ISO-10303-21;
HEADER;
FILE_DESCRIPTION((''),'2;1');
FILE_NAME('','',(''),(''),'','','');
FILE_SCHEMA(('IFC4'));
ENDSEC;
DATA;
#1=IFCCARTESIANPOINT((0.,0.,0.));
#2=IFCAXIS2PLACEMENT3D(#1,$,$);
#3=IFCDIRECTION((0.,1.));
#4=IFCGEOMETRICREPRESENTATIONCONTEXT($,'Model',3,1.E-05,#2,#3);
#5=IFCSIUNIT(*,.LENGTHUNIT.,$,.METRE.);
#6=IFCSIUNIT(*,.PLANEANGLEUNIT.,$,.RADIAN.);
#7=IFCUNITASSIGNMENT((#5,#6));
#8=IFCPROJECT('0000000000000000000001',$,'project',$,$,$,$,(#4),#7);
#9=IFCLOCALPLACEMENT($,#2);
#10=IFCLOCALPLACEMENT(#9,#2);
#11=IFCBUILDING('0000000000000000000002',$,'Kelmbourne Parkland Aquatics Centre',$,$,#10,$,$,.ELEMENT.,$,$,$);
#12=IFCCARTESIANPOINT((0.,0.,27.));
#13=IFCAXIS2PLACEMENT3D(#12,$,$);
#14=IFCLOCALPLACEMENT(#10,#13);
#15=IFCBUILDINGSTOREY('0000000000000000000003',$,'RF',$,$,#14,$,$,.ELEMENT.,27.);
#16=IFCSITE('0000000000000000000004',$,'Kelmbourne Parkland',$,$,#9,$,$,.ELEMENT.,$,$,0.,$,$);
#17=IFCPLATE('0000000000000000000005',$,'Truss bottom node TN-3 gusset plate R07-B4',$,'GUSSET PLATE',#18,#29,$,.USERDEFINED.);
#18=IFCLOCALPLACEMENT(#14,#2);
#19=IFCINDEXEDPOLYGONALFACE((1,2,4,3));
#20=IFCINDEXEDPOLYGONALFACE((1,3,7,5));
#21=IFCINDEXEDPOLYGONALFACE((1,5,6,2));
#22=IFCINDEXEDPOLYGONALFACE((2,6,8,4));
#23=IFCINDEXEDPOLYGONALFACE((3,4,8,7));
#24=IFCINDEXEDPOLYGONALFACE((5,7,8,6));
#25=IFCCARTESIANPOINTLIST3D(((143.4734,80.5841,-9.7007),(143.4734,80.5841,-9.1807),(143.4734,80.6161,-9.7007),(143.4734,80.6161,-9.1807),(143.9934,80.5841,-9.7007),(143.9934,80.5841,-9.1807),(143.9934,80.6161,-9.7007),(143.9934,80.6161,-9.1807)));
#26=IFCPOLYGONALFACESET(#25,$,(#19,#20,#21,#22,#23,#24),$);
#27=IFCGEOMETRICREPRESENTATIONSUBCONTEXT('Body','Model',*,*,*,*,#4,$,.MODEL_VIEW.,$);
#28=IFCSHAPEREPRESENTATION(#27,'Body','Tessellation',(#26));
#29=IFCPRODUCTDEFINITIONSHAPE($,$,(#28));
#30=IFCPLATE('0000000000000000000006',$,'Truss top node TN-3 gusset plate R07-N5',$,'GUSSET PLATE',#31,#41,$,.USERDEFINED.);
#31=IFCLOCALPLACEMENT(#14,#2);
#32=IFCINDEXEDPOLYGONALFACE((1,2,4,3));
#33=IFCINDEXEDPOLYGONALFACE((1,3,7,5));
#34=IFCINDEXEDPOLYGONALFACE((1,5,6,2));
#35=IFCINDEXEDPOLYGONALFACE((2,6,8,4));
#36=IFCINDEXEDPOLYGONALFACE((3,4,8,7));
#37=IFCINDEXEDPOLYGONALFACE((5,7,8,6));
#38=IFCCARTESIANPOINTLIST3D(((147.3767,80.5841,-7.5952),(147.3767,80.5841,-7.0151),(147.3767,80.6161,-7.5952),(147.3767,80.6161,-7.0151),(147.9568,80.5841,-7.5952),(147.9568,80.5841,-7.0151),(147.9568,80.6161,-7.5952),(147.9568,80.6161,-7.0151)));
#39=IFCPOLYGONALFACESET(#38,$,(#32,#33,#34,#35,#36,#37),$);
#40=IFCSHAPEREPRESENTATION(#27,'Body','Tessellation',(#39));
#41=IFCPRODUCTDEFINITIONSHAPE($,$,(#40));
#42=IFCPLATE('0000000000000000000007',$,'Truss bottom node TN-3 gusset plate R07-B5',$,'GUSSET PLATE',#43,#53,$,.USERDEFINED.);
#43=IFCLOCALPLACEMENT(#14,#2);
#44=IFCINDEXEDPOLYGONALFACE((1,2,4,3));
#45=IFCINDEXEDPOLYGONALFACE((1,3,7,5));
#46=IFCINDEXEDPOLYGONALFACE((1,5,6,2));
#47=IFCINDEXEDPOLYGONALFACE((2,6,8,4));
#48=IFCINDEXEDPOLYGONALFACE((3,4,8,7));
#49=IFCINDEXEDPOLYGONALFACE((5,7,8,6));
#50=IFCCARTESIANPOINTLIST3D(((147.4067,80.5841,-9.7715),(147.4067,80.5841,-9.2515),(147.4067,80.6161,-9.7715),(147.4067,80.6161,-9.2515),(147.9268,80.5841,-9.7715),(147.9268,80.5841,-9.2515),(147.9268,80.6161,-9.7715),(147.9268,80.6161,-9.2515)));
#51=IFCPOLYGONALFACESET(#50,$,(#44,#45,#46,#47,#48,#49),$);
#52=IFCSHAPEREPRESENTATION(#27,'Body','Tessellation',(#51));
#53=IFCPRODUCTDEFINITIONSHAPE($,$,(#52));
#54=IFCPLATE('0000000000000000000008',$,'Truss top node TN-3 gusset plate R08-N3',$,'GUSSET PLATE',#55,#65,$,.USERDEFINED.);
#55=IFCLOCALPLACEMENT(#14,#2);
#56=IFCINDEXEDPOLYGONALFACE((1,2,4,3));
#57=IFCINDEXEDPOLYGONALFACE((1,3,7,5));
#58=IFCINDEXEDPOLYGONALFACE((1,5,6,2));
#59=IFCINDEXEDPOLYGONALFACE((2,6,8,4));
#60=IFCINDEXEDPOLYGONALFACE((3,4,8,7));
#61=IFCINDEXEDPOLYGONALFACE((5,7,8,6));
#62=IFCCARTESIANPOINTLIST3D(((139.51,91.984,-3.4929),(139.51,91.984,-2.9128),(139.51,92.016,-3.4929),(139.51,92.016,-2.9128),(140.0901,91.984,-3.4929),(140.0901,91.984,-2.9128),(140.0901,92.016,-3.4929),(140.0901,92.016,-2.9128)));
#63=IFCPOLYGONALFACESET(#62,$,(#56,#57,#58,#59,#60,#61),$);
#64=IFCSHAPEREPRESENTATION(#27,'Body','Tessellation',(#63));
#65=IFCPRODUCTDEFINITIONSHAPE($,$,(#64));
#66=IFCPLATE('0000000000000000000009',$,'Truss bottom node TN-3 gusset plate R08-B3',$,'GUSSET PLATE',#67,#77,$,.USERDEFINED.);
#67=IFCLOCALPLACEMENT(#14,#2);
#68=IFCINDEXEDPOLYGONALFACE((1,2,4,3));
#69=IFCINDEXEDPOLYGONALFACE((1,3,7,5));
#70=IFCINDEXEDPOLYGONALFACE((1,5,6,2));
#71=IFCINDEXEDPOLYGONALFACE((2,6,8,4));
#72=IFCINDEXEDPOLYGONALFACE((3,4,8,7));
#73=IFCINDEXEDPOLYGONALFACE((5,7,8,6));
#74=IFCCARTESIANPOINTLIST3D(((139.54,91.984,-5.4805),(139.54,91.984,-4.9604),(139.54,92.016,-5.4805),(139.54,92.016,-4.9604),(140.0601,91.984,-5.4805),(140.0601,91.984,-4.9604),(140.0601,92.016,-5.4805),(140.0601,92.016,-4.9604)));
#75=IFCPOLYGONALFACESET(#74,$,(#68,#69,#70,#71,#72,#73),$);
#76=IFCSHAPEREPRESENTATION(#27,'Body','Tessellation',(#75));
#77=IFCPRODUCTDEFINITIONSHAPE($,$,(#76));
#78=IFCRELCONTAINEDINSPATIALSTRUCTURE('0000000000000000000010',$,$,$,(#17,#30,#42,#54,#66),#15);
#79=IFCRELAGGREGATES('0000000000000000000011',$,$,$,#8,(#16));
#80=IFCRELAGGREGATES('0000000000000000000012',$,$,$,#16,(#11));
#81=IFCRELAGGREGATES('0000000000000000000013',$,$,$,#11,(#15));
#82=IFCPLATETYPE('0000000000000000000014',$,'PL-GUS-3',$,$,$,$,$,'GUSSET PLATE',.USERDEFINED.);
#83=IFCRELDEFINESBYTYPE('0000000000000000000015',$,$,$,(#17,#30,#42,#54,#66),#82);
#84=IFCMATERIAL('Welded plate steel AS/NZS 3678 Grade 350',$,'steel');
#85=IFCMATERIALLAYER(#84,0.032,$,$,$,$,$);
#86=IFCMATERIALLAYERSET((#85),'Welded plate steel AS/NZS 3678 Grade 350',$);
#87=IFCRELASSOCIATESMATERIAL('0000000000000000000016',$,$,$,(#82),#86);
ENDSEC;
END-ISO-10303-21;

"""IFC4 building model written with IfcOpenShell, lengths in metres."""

from ifc_helpers import new_model, si_unit, direction, frame, origin, origin_2d, place, context, subcontext, project, spatial, rectangle, extrude, material, layer, layer_set, type_object, element, save


model = new_model("IFC4")

# Units and contexts
model_context = context("Model", 3, precision=1e-05, world=origin(), true_north=direction((0.0, 1.0)))
body_context = subcontext(model_context, "Body", "Model", "MODEL_VIEW")
ifc_project = project(units=[si_unit("LENGTHUNIT", "METRE"), si_unit("PLANEANGLEUNIT", "RADIAN")], contexts=[model_context])

# Site, building, storey
site_placement = place(None, origin())
site = spatial("IfcSite", under=ifc_project, at=site_placement, Name="Kelmbourne Parkland", CompositionType="ELEMENT", RefElevation=0.0)
building_placement = place(site_placement, origin())
building = spatial("IfcBuilding", under=site, at=building_placement, Name="Kelmbourne Parkland Aquatics Centre", CompositionType="ELEMENT")
storey_placement = place(building_placement, frame((0.0, 0.0, 27.0)))
storey = spatial("IfcBuildingStorey", under=building, at=storey_placement, Name="RF", CompositionType="ELEMENT", Elevation=27.0)

# Shared definitions
ifc_material_1 = material(Name="Welded plate steel AS/NZS 3678 Grade 350", Category="steel")

# Plates
ifc_layer_1 = layer(ifc_material_1, 0.032)
ifc_layer_set_1 = layer_set([ifc_layer_1], Name="Welded plate steel AS/NZS 3678 Grade 350")
plate_type_1 = type_object("IfcPlateType", Name="PL-GUS-3", ElementType="GUSSET PLATE", PredefinedType="USERDEFINED", material=ifc_layer_set_1)
plate_1_placement = place(storey_placement, frame((143.7334, 80.6001, -9.7007), z_axis=(0.0, 0.0, 1.0), x_axis=(1.0, 0.0, 0.0)))
element("IfcPlate", 1, at=plate_1_placement, inside=storey, type_object=plate_type_1, Name="Truss bottom node TN-3 gusset plate R07-B4", ObjectType="GUSSET PLATE", PredefinedType="USERDEFINED", context=body_context, shape_type="SweptSolid", body=[
    extrude(rectangle(XDim=0.52, YDim=0.032, at=origin_2d()), origin(), (0.0, 0.0, 1.0), 0.52),
])
plate_2_placement = place(storey_placement, frame((147.6667, 80.6001, -7.5952), z_axis=(0.0, 0.0, 1.0), x_axis=(1.0, 0.0, 0.0)))
element("IfcPlate", 2, at=plate_2_placement, inside=storey, type_object=plate_type_1, Name="Truss top node TN-3 gusset plate R07-N5", ObjectType="GUSSET PLATE", PredefinedType="USERDEFINED", context=body_context, shape_type="SweptSolid", body=[
    extrude(rectangle(XDim=0.5801, YDim=0.032, at=origin_2d()), origin(), (0.0, 0.0, 1.0), 0.5801),
])
plate_3_placement = place(storey_placement, frame((147.6667, 80.6001, -9.7715), z_axis=(0.0, 0.0, 1.0), x_axis=(1.0, 0.0, 0.0)))
element("IfcPlate", 3, at=plate_3_placement, inside=storey, type_object=plate_type_1, Name="Truss bottom node TN-3 gusset plate R07-B5", ObjectType="GUSSET PLATE", PredefinedType="USERDEFINED", context=body_context, shape_type="SweptSolid", body=[
    extrude(rectangle(XDim=0.52, YDim=0.032, at=origin_2d()), origin(), (0.0, 0.0, 1.0), 0.52),
])
plate_4_placement = place(storey_placement, frame((139.8, 92.0, -3.4929), z_axis=(0.0, 0.0, 1.0), x_axis=(1.0, 0.0, 0.0)))
element("IfcPlate", 4, at=plate_4_placement, inside=storey, type_object=plate_type_1, Name="Truss top node TN-3 gusset plate R08-N3", ObjectType="GUSSET PLATE", PredefinedType="USERDEFINED", context=body_context, shape_type="SweptSolid", body=[
    extrude(rectangle(XDim=0.5801, YDim=0.032, at=origin_2d()), origin(), (0.0, 0.0, 1.0), 0.5801),
])
plate_5_placement = place(storey_placement, frame((139.8, 92.0, -5.4805), z_axis=(0.0, 0.0, 1.0), x_axis=(1.0, 0.0, 0.0)))
element("IfcPlate", 5, at=plate_5_placement, inside=storey, type_object=plate_type_1, Name="Truss bottom node TN-3 gusset plate R08-B3", ObjectType="GUSSET PLATE", PredefinedType="USERDEFINED", context=body_context, shape_type="SweptSolid", body=[
    extrude(rectangle(XDim=0.52, YDim=0.032, at=origin_2d()), origin(), (0.0, 0.0, 1.0), 0.52),
])

save(model, "model.ifc")
